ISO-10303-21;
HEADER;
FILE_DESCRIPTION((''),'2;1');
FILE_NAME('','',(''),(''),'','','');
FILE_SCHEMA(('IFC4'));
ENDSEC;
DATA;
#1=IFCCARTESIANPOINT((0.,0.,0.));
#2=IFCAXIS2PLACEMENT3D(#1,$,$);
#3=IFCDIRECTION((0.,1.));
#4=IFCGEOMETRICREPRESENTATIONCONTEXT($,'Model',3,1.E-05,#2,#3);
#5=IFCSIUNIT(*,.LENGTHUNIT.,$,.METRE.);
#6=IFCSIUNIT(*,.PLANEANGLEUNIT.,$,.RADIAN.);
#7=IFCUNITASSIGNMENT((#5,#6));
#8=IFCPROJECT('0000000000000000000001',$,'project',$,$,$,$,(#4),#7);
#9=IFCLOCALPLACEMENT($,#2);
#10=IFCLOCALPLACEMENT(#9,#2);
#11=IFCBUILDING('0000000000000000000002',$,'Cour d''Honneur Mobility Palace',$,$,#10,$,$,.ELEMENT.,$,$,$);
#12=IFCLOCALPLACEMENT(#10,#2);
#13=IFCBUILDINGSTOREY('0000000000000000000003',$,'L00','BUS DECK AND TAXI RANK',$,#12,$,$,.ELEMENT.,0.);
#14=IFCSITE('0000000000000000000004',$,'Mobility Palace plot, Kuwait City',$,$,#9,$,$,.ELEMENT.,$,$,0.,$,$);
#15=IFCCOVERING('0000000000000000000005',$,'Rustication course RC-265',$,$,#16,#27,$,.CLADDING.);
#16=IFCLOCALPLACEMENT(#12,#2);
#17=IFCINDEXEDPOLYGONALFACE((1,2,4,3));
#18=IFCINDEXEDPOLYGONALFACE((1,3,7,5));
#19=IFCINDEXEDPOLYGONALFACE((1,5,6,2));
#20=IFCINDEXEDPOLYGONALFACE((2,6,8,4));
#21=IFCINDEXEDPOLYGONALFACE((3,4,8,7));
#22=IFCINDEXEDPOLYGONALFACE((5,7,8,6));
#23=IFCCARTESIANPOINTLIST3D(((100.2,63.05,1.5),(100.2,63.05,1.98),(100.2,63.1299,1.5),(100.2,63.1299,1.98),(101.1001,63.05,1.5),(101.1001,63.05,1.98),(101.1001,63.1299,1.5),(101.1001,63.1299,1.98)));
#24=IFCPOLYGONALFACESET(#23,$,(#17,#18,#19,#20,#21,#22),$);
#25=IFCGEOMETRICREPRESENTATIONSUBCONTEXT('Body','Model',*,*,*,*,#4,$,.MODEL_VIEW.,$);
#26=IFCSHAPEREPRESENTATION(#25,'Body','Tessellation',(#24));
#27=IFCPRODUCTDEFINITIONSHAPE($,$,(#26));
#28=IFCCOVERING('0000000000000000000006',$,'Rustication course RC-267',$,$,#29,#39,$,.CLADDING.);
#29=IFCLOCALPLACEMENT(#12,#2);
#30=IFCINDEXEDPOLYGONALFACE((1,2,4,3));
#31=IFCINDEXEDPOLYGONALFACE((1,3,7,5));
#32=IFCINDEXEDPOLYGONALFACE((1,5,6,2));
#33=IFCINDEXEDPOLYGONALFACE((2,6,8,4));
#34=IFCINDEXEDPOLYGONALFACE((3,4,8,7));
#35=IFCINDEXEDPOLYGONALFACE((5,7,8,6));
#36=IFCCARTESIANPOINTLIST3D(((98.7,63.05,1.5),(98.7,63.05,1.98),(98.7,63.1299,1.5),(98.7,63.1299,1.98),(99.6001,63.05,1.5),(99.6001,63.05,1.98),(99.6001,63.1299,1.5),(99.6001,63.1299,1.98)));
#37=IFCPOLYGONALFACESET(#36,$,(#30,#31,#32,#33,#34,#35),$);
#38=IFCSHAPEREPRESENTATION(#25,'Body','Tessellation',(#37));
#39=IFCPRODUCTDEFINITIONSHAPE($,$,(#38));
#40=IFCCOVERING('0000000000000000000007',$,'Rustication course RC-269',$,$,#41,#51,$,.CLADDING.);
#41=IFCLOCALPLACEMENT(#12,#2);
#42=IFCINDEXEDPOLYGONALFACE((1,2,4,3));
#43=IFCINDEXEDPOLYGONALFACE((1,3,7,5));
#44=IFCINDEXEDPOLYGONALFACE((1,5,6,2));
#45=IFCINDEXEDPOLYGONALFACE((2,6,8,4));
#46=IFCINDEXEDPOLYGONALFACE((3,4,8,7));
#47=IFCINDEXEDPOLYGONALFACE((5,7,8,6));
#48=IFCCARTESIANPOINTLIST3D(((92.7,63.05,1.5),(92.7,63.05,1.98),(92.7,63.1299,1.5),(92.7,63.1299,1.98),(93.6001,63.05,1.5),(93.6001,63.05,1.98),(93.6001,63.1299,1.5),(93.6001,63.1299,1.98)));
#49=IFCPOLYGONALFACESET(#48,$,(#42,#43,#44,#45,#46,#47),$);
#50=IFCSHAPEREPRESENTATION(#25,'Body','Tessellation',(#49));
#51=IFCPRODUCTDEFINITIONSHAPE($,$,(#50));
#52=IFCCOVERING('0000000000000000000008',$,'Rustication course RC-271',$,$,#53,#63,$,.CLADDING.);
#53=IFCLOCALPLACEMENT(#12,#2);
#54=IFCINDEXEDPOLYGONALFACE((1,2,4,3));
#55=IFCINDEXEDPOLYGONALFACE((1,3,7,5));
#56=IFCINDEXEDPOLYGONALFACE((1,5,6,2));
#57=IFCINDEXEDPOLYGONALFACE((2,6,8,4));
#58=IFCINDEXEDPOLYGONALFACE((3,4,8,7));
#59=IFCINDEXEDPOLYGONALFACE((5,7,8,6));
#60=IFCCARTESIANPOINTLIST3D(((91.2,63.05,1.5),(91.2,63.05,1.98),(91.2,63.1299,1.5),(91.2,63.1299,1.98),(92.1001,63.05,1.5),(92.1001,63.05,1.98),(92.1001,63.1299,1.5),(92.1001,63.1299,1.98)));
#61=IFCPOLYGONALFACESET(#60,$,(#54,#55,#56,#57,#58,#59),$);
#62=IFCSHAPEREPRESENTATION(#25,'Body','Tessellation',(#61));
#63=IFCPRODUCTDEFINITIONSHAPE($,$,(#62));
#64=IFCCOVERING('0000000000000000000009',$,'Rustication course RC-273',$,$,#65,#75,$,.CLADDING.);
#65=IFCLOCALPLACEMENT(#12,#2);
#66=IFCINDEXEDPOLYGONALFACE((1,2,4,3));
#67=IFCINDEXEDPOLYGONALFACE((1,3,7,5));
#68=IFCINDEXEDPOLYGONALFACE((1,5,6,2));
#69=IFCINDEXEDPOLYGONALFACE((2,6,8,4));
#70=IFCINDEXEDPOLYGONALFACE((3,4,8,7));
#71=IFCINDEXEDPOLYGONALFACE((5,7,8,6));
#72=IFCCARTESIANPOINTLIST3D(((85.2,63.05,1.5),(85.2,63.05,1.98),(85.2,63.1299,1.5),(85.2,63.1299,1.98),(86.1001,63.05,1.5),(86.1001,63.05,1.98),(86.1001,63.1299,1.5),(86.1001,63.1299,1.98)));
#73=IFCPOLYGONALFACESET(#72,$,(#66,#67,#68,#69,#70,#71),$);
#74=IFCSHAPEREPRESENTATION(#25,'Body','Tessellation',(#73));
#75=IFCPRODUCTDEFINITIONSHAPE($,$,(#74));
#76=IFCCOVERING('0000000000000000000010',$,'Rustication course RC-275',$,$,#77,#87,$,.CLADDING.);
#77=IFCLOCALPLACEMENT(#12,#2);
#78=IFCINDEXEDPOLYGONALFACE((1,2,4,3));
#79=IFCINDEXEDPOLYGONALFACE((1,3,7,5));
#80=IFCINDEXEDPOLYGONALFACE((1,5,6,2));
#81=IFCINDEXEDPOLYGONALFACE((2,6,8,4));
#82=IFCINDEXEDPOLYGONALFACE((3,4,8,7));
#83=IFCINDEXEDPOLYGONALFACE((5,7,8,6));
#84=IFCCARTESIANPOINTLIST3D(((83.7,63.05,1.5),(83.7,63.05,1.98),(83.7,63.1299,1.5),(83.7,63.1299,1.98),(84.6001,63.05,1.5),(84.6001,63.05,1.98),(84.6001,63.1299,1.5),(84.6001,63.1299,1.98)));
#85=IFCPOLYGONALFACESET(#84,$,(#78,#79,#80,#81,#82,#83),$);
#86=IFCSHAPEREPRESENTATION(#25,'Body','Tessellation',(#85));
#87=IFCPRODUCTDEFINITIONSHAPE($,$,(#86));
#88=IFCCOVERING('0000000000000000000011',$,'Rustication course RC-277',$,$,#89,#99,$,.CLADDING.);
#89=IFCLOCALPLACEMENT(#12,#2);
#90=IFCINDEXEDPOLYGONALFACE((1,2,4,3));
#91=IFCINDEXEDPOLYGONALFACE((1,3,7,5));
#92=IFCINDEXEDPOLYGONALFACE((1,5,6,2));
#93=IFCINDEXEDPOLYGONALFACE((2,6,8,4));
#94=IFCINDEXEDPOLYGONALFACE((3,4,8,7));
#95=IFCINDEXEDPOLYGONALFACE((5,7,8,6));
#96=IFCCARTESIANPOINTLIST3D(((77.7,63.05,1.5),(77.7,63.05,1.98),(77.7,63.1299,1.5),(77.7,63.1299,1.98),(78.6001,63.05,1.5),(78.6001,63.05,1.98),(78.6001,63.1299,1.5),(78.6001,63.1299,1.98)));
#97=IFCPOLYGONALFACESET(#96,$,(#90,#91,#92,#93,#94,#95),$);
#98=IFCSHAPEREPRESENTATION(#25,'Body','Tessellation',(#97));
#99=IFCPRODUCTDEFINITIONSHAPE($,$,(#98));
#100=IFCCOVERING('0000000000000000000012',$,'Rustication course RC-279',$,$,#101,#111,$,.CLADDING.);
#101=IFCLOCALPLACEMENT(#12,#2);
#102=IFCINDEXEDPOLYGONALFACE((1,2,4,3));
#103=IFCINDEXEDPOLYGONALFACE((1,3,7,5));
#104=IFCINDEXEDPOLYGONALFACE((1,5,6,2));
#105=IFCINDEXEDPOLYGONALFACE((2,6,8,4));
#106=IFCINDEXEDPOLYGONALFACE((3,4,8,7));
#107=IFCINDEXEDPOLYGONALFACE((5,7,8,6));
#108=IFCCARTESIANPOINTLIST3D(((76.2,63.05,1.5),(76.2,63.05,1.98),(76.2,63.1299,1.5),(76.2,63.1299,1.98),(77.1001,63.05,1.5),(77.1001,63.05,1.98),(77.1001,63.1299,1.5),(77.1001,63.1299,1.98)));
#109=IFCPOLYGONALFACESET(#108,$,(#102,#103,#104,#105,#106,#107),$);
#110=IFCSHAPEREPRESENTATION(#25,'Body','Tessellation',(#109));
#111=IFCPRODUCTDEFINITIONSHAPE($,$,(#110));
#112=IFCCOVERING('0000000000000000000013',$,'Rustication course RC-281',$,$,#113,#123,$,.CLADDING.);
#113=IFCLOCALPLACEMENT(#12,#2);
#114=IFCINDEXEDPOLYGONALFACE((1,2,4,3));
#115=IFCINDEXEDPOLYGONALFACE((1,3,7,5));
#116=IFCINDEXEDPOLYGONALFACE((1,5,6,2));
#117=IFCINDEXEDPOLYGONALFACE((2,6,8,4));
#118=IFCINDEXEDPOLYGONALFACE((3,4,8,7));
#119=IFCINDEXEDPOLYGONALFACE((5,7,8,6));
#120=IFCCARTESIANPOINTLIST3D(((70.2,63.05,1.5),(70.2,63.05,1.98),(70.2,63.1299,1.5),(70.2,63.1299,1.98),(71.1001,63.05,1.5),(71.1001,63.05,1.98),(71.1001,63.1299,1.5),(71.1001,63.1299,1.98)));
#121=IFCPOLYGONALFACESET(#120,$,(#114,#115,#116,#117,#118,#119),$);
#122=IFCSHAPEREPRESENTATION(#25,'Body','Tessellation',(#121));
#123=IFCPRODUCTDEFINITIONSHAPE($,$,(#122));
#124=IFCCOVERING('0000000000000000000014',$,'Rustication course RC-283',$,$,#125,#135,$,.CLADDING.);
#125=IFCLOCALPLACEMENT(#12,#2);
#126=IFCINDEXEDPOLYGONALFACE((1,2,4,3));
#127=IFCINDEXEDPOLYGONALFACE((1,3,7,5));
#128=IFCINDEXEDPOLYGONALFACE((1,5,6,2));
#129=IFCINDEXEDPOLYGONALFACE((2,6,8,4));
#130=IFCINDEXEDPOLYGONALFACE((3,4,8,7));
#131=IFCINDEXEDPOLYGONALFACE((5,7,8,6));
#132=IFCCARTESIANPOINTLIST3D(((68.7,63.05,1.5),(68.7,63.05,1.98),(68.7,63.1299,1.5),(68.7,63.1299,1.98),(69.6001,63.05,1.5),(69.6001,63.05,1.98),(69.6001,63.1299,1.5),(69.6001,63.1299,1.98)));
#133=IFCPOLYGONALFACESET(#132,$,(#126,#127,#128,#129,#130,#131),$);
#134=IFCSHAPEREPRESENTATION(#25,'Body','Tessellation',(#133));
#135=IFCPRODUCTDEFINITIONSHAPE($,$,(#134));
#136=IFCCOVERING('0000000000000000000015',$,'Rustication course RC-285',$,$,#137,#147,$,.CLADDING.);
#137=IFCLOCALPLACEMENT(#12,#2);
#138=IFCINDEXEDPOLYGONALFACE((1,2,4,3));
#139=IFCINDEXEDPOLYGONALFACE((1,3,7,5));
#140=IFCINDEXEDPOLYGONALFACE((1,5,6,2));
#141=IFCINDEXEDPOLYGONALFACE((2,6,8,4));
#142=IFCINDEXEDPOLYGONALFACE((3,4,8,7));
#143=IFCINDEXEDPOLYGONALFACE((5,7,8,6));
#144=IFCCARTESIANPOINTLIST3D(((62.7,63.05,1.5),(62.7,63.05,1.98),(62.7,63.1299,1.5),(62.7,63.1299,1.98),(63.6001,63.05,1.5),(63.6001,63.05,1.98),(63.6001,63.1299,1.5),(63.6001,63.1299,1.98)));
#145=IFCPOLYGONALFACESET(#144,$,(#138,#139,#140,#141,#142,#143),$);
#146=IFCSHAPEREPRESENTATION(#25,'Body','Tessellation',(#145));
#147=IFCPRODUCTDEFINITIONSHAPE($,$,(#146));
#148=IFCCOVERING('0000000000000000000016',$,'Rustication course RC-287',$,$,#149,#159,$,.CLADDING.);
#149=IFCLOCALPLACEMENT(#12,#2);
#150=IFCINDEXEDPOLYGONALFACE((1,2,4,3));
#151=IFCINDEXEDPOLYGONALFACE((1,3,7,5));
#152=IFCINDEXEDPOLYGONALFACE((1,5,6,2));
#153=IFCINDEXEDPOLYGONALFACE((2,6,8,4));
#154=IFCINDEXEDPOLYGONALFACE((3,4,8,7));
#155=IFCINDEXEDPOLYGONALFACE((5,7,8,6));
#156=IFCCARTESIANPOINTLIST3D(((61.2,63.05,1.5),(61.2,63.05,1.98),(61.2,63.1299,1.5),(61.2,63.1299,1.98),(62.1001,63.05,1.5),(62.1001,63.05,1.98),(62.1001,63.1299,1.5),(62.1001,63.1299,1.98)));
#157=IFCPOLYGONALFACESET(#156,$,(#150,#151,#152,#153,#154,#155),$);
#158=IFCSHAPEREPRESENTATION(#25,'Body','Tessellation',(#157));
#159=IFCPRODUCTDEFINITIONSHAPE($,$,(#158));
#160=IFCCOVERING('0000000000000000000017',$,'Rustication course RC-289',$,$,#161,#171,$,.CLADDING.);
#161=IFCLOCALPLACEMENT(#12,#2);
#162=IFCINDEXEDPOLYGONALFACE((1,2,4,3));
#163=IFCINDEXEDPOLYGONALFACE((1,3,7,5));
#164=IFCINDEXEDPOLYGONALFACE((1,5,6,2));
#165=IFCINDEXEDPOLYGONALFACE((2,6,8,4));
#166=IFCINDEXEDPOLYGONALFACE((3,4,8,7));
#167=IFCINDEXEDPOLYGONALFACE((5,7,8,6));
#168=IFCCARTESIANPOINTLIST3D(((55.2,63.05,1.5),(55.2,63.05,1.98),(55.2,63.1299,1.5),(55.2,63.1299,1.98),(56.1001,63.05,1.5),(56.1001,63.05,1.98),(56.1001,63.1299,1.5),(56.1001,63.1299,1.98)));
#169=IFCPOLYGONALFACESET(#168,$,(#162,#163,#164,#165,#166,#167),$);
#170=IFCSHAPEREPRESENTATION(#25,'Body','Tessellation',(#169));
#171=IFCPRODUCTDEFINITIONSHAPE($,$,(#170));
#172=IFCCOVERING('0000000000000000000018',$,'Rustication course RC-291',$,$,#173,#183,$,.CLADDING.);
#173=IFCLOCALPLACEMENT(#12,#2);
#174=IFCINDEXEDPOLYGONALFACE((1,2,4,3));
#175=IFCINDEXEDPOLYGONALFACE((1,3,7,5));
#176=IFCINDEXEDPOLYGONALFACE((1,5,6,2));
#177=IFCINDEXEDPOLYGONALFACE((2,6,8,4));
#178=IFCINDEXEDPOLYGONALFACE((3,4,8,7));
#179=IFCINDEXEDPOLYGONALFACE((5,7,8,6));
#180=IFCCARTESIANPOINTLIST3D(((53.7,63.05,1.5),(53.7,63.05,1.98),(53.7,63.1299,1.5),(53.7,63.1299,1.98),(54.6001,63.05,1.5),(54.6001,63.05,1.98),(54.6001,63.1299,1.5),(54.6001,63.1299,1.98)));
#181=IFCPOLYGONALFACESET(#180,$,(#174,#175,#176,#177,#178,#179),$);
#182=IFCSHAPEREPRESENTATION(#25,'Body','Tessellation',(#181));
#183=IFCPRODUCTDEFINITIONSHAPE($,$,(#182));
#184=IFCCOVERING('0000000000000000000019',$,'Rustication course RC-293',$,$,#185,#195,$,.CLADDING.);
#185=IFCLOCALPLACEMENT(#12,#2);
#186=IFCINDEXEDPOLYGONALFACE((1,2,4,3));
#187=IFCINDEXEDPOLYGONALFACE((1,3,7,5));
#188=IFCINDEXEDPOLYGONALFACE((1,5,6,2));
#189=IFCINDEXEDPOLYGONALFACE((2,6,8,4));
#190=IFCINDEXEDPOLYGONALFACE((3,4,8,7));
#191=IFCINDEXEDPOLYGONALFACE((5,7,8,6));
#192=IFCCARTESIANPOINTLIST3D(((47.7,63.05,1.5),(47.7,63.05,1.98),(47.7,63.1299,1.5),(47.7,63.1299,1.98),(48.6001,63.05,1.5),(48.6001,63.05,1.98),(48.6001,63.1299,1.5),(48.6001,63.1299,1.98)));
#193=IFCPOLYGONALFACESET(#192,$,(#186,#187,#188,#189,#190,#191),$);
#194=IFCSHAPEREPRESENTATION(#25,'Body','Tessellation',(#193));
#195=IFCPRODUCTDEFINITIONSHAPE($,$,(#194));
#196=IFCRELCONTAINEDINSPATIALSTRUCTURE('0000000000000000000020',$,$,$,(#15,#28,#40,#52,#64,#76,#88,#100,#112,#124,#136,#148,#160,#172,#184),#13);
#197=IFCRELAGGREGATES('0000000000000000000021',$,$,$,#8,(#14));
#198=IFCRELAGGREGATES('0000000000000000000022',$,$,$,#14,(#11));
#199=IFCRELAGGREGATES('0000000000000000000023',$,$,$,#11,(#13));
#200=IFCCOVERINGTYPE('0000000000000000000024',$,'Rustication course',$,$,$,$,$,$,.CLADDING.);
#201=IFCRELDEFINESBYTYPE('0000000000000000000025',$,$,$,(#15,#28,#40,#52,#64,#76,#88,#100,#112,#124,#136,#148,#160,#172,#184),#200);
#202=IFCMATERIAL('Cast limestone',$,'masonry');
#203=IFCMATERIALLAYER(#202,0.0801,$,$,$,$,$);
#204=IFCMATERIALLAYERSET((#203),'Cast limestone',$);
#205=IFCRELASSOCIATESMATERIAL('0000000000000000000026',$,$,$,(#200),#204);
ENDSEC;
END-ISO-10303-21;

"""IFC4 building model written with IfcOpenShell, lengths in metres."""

from ifc_helpers import new_model, si_unit, direction, frame, origin, place, context, subcontext, project, spatial, polyline, outline, extrude, material, layer, layer_set, type_object, element, save


model = new_model("IFC4")

# Units and contexts
model_context = context("Model", 3, precision=1e-05, world=origin(), true_north=direction((0.0, 1.0)))
body_context = subcontext(model_context, "Body", "Model", "MODEL_VIEW")
ifc_project = project(units=[si_unit("LENGTHUNIT", "METRE"), si_unit("PLANEANGLEUNIT", "RADIAN")], contexts=[model_context])

# Site, building, storey
site_placement = place(None, origin())
site = spatial("IfcSite", under=ifc_project, at=site_placement, Name="Mobility Palace plot, Kuwait City", CompositionType="ELEMENT", RefElevation=0.0)
building_placement = place(site_placement, origin())
building = spatial("IfcBuilding", under=site, at=building_placement, Name="Cour d'Honneur Mobility Palace", CompositionType="ELEMENT")
storey_placement = place(building_placement, origin())
storey = spatial("IfcBuildingStorey", under=building, at=storey_placement, Name="L00", Description="BUS DECK AND TAXI RANK", CompositionType="ELEMENT", Elevation=0.0)

# Coverings
ifc_material = material(Name="Cast limestone", Category="masonry")
ifc_layer = layer(ifc_material, 0.0801)
ifc_layer_set = layer_set([ifc_layer], Name="Cast limestone")
covering_type = type_object("IfcCoveringType", Name="Rustication course", PredefinedType="CLADDING", material=ifc_layer_set)
covering_1_placement = place(storey_placement, frame((0.0, 0.0, 1.5)))
element("IfcCovering", 1, at=covering_1_placement, inside=storey, type_object=covering_type, Name="Rustication course RC-265", PredefinedType="CLADDING", context=body_context, shape_type="SweptSolid", body=[
    extrude(outline(polyline([(101.1001, 63.05), (100.2, 63.05), (100.2, 63.1299), (101.1001, 63.1299), (101.1001, 63.05)])), origin(), (0.0, 0.0, 1.0), 0.48),
])
covering_2_placement = place(storey_placement, frame((0.0, 0.0, 1.5)))
element("IfcCovering", 2, at=covering_2_placement, inside=storey, type_object=covering_type, Name="Rustication course RC-267", PredefinedType="CLADDING", context=body_context, shape_type="SweptSolid", body=[
    extrude(outline(polyline([(99.6001, 63.05), (98.7, 63.05), (98.7, 63.1299), (99.6001, 63.1299), (99.6001, 63.05)])), origin(), (0.0, 0.0, 1.0), 0.48),
])
covering_3_placement = place(storey_placement, frame((0.0, 0.0, 1.5)))
element("IfcCovering", 3, at=covering_3_placement, inside=storey, type_object=covering_type, Name="Rustication course RC-269", PredefinedType="CLADDING", context=body_context, shape_type="SweptSolid", body=[
    extrude(outline(polyline([(93.6001, 63.05), (92.7, 63.05), (92.7, 63.1299), (93.6001, 63.1299), (93.6001, 63.05)])), origin(), (0.0, 0.0, 1.0), 0.48),
])
covering_4_placement = place(storey_placement, frame((0.0, 0.0, 1.5)))
element("IfcCovering", 4, at=covering_4_placement, inside=storey, type_object=covering_type, Name="Rustication course RC-271", PredefinedType="CLADDING", context=body_context, shape_type="SweptSolid", body=[
    extrude(outline(polyline([(92.1001, 63.05), (91.2, 63.05), (91.2, 63.1299), (92.1001, 63.1299), (92.1001, 63.05)])), origin(), (0.0, 0.0, 1.0), 0.48),
])
covering_5_placement = place(storey_placement, frame((0.0, 0.0, 1.5)))
element("IfcCovering", 5, at=covering_5_placement, inside=storey, type_object=covering_type, Name="Rustication course RC-273", PredefinedType="CLADDING", context=body_context, shape_type="SweptSolid", body=[
    extrude(outline(polyline([(86.1001, 63.05), (85.2, 63.05), (85.2, 63.1299), (86.1001, 63.1299), (86.1001, 63.05)])), origin(), (0.0, 0.0, 1.0), 0.48),
])
covering_6_placement = place(storey_placement, frame((0.0, 0.0, 1.5)))
element("IfcCovering", 6, at=covering_6_placement, inside=storey, type_object=covering_type, Name="Rustication course RC-275", PredefinedType="CLADDING", context=body_context, shape_type="SweptSolid", body=[
    extrude(outline(polyline([(84.6001, 63.05), (83.7, 63.05), (83.7, 63.1299), (84.6001, 63.1299), (84.6001, 63.05)])), origin(), (0.0, 0.0, 1.0), 0.48),
])
covering_7_placement = place(storey_placement, frame((0.0, 0.0, 1.5)))
element("IfcCovering", 7, at=covering_7_placement, inside=storey, type_object=covering_type, Name="Rustication course RC-277", PredefinedType="CLADDING", context=body_context, shape_type="SweptSolid", body=[
    extrude(outline(polyline([(78.6001, 63.05), (77.7, 63.05), (77.7, 63.1299), (78.6001, 63.1299), (78.6001, 63.05)])), origin(), (0.0, 0.0, 1.0), 0.48),
])
covering_8_placement = place(storey_placement, frame((0.0, 0.0, 1.5)))
element("IfcCovering", 8, at=covering_8_placement, inside=storey, type_object=covering_type, Name="Rustication course RC-279", PredefinedType="CLADDING", context=body_context, shape_type="SweptSolid", body=[
    extrude(outline(polyline([(77.1001, 63.05), (76.2, 63.05), (76.2, 63.1299), (77.1001, 63.1299), (77.1001, 63.05)])), origin(), (0.0, 0.0, 1.0), 0.48),
])
covering_9_placement = place(storey_placement, frame((0.0, 0.0, 1.5)))
element("IfcCovering", 9, at=covering_9_placement, inside=storey, type_object=covering_type, Name="Rustication course RC-281", PredefinedType="CLADDING", context=body_context, shape_type="SweptSolid", body=[
    extrude(outline(polyline([(71.1001, 63.05), (70.2, 63.05), (70.2, 63.1299), (71.1001, 63.1299), (71.1001, 63.05)])), origin(), (0.0, 0.0, 1.0), 0.48),
])
covering_10_placement = place(storey_placement, frame((0.0, 0.0, 1.5)))
element("IfcCovering", 10, at=covering_10_placement, inside=storey, type_object=covering_type, Name="Rustication course RC-283", PredefinedType="CLADDING", context=body_context, shape_type="SweptSolid", body=[
    extrude(outline(polyline([(69.6001, 63.05), (68.7, 63.05), (68.7, 63.1299), (69.6001, 63.1299), (69.6001, 63.05)])), origin(), (0.0, 0.0, 1.0), 0.48),
])
covering_11_placement = place(storey_placement, frame((0.0, 0.0, 1.5)))
element("IfcCovering", 11, at=covering_11_placement, inside=storey, type_object=covering_type, Name="Rustication course RC-285", PredefinedType="CLADDING", context=body_context, shape_type="SweptSolid", body=[
    extrude(outline(polyline([(63.6001, 63.05), (62.7, 63.05), (62.7, 63.1299), (63.6001, 63.1299), (63.6001, 63.05)])), origin(), (0.0, 0.0, 1.0), 0.48),
])
covering_12_placement = place(storey_placement, frame((0.0, 0.0, 1.5)))
element("IfcCovering", 12, at=covering_12_placement, inside=storey, type_object=covering_type, Name="Rustication course RC-287", PredefinedType="CLADDING", context=body_context, shape_type="SweptSolid", body=[
    extrude(outline(polyline([(62.1001, 63.05), (61.2, 63.05), (61.2, 63.1299), (62.1001, 63.1299), (62.1001, 63.05)])), origin(), (0.0, 0.0, 1.0), 0.48),
])
covering_13_placement = place(storey_placement, frame((0.0, 0.0, 1.5)))
element("IfcCovering", 13, at=covering_13_placement, inside=storey, type_object=covering_type, Name="Rustication course RC-289", PredefinedType="CLADDING", context=body_context, shape_type="SweptSolid", body=[
    extrude(outline(polyline([(56.1001, 63.05), (55.2, 63.05), (55.2, 63.1299), (56.1001, 63.1299), (56.1001, 63.05)])), origin(), (0.0, 0.0, 1.0), 0.48),
])
covering_14_placement = place(storey_placement, frame((0.0, 0.0, 1.5)))
element("IfcCovering", 14, at=covering_14_placement, inside=storey, type_object=covering_type, Name="Rustication course RC-291", PredefinedType="CLADDING", context=body_context, shape_type="SweptSolid", body=[
    extrude(outline(polyline([(54.6001, 63.05), (53.7, 63.05), (53.7, 63.1299), (54.6001, 63.1299), (54.6001, 63.05)])), origin(), (0.0, 0.0, 1.0), 0.48),
])
covering_15_placement = place(storey_placement, frame((0.0, 0.0, 1.5)))
element("IfcCovering", 15, at=covering_15_placement, inside=storey, type_object=covering_type, Name="Rustication course RC-293", PredefinedType="CLADDING", context=body_context, shape_type="SweptSolid", body=[
    extrude(outline(polyline([(48.6001, 63.05), (47.7, 63.05), (47.7, 63.1299), (48.6001, 63.1299), (48.6001, 63.05)])), origin(), (0.0, 0.0, 1.0), 0.48),
])

save(model, "model.ifc")
